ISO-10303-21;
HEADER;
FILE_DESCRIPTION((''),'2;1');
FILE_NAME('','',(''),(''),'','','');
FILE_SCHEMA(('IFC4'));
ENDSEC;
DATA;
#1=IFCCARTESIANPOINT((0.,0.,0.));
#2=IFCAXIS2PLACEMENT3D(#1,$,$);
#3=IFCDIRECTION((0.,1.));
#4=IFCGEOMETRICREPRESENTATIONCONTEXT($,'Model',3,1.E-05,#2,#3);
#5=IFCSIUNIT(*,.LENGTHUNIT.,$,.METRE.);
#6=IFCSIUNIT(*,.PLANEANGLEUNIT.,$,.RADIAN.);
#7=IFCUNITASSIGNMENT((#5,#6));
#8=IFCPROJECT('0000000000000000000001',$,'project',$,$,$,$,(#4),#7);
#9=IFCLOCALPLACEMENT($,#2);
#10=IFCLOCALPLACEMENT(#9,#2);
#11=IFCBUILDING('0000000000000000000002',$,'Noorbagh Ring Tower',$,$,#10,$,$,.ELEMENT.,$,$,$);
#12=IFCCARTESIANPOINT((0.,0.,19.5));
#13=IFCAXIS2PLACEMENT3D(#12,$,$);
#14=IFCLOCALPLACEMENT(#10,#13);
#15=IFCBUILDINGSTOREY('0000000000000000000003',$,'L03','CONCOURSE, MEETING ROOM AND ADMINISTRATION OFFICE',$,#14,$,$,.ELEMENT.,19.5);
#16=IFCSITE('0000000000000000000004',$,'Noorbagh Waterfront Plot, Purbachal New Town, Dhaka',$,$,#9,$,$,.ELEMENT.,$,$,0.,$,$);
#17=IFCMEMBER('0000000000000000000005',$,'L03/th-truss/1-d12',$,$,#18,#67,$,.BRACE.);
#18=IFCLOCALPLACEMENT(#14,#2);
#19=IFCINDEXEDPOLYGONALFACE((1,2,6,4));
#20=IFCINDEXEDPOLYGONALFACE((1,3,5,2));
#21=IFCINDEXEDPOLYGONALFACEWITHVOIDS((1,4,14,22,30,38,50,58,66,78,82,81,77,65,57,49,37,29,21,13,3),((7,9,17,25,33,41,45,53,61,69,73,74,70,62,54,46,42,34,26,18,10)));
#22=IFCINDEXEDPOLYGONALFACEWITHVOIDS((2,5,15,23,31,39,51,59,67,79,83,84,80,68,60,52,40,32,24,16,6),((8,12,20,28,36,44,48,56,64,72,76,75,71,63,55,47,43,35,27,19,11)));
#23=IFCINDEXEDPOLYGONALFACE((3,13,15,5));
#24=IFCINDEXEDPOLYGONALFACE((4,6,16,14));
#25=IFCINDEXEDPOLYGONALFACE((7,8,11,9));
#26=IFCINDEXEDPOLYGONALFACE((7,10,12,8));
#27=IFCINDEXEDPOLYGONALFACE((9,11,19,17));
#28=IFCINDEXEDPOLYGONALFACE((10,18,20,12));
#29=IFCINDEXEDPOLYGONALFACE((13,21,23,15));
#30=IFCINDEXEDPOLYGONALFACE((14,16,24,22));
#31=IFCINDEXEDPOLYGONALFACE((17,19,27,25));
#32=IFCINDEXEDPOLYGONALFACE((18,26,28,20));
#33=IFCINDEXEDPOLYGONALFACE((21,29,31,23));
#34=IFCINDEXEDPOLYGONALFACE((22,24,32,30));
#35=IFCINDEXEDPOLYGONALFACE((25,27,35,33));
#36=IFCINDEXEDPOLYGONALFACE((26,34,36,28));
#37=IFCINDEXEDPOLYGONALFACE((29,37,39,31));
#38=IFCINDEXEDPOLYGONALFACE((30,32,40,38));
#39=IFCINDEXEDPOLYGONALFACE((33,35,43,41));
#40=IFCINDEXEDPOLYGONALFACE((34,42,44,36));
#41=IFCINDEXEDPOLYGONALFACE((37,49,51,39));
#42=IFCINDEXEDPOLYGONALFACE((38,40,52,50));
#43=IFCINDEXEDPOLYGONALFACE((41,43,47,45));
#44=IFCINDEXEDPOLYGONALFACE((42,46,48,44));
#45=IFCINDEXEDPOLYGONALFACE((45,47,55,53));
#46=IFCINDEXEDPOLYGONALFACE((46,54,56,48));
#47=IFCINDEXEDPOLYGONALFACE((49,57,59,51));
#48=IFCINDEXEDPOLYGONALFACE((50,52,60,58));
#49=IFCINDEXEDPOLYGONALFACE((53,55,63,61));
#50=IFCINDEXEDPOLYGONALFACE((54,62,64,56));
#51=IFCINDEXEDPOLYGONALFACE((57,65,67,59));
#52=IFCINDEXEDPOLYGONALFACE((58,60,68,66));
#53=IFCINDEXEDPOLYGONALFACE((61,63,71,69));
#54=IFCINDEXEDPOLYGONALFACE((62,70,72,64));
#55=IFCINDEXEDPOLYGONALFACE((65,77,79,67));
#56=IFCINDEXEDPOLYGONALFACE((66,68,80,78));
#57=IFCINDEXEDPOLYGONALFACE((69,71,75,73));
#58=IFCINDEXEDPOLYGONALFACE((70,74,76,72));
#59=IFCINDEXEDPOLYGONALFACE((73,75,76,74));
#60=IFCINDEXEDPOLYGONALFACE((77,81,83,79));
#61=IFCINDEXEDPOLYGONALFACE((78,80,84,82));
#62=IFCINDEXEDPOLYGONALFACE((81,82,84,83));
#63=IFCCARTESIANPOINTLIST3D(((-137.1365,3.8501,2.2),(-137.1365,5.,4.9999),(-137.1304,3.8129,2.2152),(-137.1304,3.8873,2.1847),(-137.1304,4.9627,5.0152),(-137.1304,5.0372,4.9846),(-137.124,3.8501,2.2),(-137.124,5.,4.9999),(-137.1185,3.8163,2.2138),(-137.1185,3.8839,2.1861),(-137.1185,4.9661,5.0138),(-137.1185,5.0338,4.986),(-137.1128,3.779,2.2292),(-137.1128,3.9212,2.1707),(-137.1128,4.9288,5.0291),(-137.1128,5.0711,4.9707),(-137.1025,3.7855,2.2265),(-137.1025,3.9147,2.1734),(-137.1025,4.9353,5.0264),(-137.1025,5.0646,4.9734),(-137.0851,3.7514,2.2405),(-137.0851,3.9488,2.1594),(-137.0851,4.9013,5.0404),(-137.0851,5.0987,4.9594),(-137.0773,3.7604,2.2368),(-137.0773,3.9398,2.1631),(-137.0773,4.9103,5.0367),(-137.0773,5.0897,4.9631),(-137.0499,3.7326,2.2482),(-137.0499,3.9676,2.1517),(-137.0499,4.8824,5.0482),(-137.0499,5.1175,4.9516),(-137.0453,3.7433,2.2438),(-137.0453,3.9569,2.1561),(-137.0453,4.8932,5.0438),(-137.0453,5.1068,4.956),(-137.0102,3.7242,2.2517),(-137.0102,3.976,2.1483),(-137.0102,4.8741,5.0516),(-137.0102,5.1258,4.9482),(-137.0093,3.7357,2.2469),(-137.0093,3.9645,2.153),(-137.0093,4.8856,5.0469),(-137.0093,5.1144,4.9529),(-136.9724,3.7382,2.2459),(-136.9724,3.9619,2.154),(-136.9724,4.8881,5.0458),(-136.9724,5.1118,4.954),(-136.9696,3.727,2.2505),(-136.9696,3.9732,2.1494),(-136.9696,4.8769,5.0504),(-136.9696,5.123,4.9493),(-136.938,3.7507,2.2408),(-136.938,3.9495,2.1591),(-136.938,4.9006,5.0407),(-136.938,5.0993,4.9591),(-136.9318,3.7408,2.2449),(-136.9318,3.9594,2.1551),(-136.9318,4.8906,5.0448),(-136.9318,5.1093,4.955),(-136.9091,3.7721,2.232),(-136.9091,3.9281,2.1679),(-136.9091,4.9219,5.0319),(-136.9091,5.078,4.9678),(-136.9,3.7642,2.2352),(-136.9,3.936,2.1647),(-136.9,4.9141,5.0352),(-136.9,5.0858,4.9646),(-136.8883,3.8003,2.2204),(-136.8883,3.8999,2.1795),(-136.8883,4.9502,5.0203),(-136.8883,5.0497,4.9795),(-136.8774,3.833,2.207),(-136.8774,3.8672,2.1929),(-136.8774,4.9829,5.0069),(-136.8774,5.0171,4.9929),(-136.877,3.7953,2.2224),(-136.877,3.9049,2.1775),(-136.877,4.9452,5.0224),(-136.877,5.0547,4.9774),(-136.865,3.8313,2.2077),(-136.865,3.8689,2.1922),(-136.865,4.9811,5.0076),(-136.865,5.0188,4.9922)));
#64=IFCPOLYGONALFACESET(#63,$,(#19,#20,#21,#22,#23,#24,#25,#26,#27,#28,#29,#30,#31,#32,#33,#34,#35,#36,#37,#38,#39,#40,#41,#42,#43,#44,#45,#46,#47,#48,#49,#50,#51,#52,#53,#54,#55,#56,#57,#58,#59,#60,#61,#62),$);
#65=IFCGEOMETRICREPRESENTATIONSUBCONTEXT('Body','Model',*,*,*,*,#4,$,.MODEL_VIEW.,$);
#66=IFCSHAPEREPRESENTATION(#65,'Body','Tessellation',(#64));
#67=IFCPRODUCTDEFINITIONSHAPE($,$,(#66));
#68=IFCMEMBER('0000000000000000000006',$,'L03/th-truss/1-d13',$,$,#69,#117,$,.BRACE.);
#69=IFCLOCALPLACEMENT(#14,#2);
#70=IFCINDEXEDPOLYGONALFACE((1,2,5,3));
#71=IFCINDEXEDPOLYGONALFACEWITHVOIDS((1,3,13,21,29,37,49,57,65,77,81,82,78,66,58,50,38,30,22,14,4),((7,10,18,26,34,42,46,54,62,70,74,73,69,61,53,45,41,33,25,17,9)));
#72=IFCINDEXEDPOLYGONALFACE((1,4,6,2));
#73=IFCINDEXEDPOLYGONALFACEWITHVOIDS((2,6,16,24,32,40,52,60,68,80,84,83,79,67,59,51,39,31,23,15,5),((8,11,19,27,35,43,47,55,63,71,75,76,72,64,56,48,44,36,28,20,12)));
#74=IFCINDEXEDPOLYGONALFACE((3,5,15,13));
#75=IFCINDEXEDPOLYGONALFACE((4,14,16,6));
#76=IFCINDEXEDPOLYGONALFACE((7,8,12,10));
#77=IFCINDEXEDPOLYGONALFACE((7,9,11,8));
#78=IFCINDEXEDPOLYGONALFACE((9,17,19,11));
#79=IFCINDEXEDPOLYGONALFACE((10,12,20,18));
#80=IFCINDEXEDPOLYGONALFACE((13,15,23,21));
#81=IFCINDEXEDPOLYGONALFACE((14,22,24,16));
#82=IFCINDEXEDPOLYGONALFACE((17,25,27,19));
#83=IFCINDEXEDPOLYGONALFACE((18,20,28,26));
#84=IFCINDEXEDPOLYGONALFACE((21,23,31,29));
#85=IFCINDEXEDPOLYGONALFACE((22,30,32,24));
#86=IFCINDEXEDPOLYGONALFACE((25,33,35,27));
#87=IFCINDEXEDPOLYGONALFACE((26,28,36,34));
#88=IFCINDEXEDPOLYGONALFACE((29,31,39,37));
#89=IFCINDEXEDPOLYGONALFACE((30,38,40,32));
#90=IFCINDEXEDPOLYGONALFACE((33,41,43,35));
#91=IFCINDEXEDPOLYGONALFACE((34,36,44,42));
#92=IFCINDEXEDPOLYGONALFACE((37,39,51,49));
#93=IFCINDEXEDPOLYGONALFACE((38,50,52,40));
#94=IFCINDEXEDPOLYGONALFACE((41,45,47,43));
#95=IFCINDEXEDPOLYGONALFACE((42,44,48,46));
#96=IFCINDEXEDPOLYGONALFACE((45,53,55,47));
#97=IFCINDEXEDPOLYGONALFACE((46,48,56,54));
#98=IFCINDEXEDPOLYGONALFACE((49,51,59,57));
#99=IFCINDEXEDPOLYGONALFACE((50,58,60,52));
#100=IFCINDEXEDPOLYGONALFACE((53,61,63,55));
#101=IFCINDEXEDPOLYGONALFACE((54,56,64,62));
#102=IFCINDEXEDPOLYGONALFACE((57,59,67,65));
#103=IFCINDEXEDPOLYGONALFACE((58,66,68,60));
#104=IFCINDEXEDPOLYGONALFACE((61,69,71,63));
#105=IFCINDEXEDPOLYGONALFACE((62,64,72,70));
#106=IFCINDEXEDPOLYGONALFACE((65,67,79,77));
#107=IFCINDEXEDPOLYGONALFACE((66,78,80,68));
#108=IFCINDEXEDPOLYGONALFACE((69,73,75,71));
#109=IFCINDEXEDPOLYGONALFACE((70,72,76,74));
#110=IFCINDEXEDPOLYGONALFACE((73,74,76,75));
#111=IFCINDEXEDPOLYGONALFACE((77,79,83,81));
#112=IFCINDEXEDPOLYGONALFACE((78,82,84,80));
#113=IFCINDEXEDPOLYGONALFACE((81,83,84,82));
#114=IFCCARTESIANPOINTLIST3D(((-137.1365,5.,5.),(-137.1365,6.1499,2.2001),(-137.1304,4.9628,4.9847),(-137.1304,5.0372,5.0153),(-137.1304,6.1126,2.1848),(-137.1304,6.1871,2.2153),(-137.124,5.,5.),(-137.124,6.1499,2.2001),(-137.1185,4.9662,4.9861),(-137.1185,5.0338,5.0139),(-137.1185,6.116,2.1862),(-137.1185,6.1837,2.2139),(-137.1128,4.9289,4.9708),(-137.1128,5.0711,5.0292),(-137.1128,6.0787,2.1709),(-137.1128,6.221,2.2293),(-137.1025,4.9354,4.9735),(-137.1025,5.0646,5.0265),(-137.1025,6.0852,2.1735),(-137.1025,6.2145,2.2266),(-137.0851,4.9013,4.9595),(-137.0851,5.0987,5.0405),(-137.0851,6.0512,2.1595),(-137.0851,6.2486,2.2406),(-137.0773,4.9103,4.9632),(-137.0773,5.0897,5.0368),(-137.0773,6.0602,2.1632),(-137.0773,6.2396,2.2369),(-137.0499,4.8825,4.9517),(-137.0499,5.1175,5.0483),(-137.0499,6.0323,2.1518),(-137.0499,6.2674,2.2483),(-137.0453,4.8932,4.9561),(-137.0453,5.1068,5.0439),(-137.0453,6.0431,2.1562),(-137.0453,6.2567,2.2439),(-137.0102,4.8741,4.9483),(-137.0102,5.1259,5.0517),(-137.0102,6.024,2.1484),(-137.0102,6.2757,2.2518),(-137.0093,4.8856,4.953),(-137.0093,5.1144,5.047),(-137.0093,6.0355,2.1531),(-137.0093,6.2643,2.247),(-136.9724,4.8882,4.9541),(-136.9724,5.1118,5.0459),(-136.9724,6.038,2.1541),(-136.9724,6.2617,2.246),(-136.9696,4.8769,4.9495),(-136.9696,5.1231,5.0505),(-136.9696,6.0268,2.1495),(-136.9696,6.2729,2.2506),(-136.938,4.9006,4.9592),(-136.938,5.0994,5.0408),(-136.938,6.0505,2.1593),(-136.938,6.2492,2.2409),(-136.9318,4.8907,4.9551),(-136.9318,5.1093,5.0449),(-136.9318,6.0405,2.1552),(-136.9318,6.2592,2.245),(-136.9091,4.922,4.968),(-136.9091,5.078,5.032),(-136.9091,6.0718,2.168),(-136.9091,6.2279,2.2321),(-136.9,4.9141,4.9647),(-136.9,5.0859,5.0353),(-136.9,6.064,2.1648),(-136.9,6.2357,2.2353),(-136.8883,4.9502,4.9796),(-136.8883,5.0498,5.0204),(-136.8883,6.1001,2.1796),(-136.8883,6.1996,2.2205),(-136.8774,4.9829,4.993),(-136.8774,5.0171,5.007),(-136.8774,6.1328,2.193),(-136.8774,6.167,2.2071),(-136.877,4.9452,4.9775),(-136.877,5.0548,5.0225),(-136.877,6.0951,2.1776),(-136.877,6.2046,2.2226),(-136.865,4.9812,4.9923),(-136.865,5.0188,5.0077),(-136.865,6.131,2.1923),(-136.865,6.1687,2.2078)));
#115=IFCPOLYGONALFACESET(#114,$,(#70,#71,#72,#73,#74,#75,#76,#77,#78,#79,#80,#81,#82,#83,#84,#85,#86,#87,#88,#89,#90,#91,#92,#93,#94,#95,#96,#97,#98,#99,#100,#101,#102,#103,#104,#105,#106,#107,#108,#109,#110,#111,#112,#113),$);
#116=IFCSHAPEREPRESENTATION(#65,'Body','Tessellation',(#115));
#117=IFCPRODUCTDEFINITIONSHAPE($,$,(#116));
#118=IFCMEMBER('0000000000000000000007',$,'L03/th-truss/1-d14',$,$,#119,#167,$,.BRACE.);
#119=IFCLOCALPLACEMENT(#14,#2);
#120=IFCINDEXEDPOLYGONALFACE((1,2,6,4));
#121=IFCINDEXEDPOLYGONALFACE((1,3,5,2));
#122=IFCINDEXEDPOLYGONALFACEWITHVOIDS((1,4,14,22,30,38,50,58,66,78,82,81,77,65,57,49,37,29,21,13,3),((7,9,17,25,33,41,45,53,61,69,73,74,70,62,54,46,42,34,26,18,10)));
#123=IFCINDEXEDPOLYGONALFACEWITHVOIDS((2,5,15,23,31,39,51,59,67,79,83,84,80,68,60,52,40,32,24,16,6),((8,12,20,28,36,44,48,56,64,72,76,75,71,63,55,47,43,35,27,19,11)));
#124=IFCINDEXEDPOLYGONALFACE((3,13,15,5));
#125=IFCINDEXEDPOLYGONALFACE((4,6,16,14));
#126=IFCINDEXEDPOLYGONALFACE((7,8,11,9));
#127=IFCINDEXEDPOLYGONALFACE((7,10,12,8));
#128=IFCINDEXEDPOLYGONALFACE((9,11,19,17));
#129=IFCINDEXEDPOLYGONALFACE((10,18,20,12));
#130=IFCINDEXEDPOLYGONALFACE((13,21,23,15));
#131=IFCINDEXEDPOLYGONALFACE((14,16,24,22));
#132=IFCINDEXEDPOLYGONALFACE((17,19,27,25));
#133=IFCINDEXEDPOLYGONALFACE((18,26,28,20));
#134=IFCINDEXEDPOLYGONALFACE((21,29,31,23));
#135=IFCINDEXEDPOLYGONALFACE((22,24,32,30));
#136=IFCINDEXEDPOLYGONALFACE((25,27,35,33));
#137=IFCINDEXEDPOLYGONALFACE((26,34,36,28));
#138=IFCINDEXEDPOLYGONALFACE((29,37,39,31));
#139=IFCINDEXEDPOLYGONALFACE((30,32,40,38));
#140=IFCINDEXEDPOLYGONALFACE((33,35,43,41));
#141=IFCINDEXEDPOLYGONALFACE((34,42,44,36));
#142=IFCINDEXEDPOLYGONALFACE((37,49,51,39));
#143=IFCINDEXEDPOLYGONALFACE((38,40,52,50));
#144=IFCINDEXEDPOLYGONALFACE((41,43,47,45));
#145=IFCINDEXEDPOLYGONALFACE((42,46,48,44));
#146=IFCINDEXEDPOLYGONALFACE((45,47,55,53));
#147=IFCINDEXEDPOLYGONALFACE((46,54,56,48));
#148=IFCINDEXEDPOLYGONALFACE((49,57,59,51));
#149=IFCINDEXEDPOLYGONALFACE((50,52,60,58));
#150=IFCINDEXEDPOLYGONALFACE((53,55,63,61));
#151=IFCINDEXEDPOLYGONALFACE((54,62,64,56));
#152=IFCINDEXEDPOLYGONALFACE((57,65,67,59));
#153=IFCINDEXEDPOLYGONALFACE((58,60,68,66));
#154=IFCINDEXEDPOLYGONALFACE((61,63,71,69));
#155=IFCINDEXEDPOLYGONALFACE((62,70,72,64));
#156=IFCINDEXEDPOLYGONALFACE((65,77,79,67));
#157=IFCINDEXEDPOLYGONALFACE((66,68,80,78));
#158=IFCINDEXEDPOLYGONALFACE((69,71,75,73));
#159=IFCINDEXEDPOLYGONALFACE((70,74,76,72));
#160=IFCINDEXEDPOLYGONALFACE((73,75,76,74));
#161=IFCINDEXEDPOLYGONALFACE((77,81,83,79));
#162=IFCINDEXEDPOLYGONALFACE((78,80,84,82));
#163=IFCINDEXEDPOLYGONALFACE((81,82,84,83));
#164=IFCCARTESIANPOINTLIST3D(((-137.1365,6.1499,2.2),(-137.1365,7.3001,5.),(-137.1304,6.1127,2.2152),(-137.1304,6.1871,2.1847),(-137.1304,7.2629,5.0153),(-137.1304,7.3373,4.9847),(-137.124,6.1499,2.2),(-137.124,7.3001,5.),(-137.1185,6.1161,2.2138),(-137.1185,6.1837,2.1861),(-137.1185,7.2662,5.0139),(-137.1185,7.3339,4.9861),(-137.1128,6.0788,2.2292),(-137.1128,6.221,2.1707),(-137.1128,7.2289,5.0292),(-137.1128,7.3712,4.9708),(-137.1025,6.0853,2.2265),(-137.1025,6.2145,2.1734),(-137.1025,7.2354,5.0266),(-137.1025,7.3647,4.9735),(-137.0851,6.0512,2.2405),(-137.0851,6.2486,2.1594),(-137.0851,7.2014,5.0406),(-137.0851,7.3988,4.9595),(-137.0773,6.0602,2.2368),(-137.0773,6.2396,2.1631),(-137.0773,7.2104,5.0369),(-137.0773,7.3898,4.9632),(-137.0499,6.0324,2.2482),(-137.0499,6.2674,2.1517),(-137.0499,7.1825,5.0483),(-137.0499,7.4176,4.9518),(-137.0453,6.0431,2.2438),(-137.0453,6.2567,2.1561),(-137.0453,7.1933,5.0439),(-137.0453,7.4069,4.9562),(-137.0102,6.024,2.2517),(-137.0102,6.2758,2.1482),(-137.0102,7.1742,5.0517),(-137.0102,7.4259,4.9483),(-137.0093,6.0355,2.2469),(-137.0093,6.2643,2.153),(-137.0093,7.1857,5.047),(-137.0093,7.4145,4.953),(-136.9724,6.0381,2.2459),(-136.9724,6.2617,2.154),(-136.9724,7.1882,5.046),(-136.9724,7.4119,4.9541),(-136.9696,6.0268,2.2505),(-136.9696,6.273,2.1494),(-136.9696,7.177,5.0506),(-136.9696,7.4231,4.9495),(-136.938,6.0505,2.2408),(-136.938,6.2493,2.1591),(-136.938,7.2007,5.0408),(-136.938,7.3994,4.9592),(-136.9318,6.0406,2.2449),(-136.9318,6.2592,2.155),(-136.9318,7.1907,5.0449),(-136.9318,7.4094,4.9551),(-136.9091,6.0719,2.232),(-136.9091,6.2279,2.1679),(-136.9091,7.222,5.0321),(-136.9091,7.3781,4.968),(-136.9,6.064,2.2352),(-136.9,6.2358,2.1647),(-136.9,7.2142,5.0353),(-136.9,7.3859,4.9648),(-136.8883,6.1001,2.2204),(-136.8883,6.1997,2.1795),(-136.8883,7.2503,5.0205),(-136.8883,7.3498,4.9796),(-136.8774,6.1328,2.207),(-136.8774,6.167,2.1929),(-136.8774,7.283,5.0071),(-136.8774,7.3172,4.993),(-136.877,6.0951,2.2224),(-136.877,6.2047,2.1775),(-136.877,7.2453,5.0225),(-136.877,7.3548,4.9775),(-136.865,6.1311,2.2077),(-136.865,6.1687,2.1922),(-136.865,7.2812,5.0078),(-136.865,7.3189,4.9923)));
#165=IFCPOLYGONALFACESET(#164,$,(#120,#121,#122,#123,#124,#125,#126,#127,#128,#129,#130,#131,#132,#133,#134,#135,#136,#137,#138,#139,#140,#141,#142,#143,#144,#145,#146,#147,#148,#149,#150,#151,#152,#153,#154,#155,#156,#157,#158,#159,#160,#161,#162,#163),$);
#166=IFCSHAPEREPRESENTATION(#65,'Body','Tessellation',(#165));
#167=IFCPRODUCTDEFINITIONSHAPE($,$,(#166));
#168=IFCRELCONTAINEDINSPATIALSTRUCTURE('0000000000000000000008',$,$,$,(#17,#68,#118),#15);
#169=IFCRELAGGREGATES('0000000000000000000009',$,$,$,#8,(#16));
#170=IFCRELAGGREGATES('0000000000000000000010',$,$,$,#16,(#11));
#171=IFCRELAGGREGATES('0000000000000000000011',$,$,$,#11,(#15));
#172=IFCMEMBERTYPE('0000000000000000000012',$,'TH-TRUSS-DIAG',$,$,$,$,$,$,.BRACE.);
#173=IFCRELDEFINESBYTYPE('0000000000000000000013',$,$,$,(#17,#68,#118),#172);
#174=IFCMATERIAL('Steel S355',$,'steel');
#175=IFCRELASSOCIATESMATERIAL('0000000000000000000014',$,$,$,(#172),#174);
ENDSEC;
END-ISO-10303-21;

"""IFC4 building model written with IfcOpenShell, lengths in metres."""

from ifc_helpers import new_model, si_unit, direction, frame, origin, origin_2d, place, context, subcontext, project, spatial, hollow_circle, extrude, material, material_profile, profile_set, type_object, element, save


model = new_model("IFC4")

# Units and contexts
model_context = context("Model", 3, precision=1e-05, world=origin(), true_north=direction((0.0, 1.0)))
body_context = subcontext(model_context, "Body", "Model", "MODEL_VIEW")
ifc_project = project(units=[si_unit("LENGTHUNIT", "METRE"), si_unit("PLANEANGLEUNIT", "RADIAN")], contexts=[model_context])

# Site, building, storey
site_placement = place(None, origin())
site = spatial("IfcSite", under=ifc_project, at=site_placement, Name="Noorbagh Waterfront Plot, Purbachal New Town, Dhaka", CompositionType="ELEMENT", RefElevation=0.0)
building_placement = place(site_placement, origin())
building = spatial("IfcBuilding", under=site, at=building_placement, Name="Noorbagh Ring Tower", CompositionType="ELEMENT")
storey_placement = place(building_placement, frame((0.0, 0.0, 19.5)))
storey = spatial("IfcBuildingStorey", under=building, at=storey_placement, Name="L03", Description="CONCOURSE, MEETING ROOM AND ADMINISTRATION OFFICE", CompositionType="ELEMENT", Elevation=19.5)

# Members
ifc_material_1 = material(Name="Steel S355", Category="steel")
ifc_material_profile = material_profile(ifc_material_1, hollow_circle(Radius=0.1365, WallThickness=0.0125, at=origin_2d()), Name="CHS273x12.5")
ifc_profile_set = profile_set([ifc_material_profile], Name="Steel S355")
member_type = type_object("IfcMemberType", Name="TH-TRUSS-DIAG", PredefinedType="BRACE", material=ifc_profile_set)
for number, where, z_axis, x_axis, name in (
    (1, (-137.0, 3.8501, 2.2), (0.0, 0.379886, 0.925033), (-1.0, 0.0, 0.0), "L03/th-truss/1-d12"),
    (2, (-137.0, 5.0, 5.0), (0.0, 0.379886, -0.925033), (-1.0, 0.0, 0.0), "L03/th-truss/1-d13"),
):
    element("IfcMember", number, at=place(storey_placement, frame(where, z_axis=z_axis, x_axis=x_axis)), inside=storey, type_object=member_type, Name=name, PredefinedType="BRACE", context=body_context, shape_type="SweptSolid", body=[
        extrude(hollow_circle(Radius=0.1365, WallThickness=0.0125, at=origin_2d()), origin(), (0.0, 0.0, 1.0), 3.0269),
    ])
member_1_placement = place(storey_placement, frame((-137.0, 6.1499, 2.2), z_axis=(0.0, 0.379955, 0.925005), x_axis=(-1.0, 0.0, 0.0)))
element("IfcMember", 3, at=member_1_placement, inside=storey, type_object=member_type, Name="L03/th-truss/1-d14", PredefinedType="BRACE", context=body_context, shape_type="SweptSolid", body=[
    extrude(hollow_circle(Radius=0.1365, WallThickness=0.0125, at=origin_2d()), origin(), (0.0, 0.0, 1.0), 3.0271),
])

save(model, "model.ifc")
